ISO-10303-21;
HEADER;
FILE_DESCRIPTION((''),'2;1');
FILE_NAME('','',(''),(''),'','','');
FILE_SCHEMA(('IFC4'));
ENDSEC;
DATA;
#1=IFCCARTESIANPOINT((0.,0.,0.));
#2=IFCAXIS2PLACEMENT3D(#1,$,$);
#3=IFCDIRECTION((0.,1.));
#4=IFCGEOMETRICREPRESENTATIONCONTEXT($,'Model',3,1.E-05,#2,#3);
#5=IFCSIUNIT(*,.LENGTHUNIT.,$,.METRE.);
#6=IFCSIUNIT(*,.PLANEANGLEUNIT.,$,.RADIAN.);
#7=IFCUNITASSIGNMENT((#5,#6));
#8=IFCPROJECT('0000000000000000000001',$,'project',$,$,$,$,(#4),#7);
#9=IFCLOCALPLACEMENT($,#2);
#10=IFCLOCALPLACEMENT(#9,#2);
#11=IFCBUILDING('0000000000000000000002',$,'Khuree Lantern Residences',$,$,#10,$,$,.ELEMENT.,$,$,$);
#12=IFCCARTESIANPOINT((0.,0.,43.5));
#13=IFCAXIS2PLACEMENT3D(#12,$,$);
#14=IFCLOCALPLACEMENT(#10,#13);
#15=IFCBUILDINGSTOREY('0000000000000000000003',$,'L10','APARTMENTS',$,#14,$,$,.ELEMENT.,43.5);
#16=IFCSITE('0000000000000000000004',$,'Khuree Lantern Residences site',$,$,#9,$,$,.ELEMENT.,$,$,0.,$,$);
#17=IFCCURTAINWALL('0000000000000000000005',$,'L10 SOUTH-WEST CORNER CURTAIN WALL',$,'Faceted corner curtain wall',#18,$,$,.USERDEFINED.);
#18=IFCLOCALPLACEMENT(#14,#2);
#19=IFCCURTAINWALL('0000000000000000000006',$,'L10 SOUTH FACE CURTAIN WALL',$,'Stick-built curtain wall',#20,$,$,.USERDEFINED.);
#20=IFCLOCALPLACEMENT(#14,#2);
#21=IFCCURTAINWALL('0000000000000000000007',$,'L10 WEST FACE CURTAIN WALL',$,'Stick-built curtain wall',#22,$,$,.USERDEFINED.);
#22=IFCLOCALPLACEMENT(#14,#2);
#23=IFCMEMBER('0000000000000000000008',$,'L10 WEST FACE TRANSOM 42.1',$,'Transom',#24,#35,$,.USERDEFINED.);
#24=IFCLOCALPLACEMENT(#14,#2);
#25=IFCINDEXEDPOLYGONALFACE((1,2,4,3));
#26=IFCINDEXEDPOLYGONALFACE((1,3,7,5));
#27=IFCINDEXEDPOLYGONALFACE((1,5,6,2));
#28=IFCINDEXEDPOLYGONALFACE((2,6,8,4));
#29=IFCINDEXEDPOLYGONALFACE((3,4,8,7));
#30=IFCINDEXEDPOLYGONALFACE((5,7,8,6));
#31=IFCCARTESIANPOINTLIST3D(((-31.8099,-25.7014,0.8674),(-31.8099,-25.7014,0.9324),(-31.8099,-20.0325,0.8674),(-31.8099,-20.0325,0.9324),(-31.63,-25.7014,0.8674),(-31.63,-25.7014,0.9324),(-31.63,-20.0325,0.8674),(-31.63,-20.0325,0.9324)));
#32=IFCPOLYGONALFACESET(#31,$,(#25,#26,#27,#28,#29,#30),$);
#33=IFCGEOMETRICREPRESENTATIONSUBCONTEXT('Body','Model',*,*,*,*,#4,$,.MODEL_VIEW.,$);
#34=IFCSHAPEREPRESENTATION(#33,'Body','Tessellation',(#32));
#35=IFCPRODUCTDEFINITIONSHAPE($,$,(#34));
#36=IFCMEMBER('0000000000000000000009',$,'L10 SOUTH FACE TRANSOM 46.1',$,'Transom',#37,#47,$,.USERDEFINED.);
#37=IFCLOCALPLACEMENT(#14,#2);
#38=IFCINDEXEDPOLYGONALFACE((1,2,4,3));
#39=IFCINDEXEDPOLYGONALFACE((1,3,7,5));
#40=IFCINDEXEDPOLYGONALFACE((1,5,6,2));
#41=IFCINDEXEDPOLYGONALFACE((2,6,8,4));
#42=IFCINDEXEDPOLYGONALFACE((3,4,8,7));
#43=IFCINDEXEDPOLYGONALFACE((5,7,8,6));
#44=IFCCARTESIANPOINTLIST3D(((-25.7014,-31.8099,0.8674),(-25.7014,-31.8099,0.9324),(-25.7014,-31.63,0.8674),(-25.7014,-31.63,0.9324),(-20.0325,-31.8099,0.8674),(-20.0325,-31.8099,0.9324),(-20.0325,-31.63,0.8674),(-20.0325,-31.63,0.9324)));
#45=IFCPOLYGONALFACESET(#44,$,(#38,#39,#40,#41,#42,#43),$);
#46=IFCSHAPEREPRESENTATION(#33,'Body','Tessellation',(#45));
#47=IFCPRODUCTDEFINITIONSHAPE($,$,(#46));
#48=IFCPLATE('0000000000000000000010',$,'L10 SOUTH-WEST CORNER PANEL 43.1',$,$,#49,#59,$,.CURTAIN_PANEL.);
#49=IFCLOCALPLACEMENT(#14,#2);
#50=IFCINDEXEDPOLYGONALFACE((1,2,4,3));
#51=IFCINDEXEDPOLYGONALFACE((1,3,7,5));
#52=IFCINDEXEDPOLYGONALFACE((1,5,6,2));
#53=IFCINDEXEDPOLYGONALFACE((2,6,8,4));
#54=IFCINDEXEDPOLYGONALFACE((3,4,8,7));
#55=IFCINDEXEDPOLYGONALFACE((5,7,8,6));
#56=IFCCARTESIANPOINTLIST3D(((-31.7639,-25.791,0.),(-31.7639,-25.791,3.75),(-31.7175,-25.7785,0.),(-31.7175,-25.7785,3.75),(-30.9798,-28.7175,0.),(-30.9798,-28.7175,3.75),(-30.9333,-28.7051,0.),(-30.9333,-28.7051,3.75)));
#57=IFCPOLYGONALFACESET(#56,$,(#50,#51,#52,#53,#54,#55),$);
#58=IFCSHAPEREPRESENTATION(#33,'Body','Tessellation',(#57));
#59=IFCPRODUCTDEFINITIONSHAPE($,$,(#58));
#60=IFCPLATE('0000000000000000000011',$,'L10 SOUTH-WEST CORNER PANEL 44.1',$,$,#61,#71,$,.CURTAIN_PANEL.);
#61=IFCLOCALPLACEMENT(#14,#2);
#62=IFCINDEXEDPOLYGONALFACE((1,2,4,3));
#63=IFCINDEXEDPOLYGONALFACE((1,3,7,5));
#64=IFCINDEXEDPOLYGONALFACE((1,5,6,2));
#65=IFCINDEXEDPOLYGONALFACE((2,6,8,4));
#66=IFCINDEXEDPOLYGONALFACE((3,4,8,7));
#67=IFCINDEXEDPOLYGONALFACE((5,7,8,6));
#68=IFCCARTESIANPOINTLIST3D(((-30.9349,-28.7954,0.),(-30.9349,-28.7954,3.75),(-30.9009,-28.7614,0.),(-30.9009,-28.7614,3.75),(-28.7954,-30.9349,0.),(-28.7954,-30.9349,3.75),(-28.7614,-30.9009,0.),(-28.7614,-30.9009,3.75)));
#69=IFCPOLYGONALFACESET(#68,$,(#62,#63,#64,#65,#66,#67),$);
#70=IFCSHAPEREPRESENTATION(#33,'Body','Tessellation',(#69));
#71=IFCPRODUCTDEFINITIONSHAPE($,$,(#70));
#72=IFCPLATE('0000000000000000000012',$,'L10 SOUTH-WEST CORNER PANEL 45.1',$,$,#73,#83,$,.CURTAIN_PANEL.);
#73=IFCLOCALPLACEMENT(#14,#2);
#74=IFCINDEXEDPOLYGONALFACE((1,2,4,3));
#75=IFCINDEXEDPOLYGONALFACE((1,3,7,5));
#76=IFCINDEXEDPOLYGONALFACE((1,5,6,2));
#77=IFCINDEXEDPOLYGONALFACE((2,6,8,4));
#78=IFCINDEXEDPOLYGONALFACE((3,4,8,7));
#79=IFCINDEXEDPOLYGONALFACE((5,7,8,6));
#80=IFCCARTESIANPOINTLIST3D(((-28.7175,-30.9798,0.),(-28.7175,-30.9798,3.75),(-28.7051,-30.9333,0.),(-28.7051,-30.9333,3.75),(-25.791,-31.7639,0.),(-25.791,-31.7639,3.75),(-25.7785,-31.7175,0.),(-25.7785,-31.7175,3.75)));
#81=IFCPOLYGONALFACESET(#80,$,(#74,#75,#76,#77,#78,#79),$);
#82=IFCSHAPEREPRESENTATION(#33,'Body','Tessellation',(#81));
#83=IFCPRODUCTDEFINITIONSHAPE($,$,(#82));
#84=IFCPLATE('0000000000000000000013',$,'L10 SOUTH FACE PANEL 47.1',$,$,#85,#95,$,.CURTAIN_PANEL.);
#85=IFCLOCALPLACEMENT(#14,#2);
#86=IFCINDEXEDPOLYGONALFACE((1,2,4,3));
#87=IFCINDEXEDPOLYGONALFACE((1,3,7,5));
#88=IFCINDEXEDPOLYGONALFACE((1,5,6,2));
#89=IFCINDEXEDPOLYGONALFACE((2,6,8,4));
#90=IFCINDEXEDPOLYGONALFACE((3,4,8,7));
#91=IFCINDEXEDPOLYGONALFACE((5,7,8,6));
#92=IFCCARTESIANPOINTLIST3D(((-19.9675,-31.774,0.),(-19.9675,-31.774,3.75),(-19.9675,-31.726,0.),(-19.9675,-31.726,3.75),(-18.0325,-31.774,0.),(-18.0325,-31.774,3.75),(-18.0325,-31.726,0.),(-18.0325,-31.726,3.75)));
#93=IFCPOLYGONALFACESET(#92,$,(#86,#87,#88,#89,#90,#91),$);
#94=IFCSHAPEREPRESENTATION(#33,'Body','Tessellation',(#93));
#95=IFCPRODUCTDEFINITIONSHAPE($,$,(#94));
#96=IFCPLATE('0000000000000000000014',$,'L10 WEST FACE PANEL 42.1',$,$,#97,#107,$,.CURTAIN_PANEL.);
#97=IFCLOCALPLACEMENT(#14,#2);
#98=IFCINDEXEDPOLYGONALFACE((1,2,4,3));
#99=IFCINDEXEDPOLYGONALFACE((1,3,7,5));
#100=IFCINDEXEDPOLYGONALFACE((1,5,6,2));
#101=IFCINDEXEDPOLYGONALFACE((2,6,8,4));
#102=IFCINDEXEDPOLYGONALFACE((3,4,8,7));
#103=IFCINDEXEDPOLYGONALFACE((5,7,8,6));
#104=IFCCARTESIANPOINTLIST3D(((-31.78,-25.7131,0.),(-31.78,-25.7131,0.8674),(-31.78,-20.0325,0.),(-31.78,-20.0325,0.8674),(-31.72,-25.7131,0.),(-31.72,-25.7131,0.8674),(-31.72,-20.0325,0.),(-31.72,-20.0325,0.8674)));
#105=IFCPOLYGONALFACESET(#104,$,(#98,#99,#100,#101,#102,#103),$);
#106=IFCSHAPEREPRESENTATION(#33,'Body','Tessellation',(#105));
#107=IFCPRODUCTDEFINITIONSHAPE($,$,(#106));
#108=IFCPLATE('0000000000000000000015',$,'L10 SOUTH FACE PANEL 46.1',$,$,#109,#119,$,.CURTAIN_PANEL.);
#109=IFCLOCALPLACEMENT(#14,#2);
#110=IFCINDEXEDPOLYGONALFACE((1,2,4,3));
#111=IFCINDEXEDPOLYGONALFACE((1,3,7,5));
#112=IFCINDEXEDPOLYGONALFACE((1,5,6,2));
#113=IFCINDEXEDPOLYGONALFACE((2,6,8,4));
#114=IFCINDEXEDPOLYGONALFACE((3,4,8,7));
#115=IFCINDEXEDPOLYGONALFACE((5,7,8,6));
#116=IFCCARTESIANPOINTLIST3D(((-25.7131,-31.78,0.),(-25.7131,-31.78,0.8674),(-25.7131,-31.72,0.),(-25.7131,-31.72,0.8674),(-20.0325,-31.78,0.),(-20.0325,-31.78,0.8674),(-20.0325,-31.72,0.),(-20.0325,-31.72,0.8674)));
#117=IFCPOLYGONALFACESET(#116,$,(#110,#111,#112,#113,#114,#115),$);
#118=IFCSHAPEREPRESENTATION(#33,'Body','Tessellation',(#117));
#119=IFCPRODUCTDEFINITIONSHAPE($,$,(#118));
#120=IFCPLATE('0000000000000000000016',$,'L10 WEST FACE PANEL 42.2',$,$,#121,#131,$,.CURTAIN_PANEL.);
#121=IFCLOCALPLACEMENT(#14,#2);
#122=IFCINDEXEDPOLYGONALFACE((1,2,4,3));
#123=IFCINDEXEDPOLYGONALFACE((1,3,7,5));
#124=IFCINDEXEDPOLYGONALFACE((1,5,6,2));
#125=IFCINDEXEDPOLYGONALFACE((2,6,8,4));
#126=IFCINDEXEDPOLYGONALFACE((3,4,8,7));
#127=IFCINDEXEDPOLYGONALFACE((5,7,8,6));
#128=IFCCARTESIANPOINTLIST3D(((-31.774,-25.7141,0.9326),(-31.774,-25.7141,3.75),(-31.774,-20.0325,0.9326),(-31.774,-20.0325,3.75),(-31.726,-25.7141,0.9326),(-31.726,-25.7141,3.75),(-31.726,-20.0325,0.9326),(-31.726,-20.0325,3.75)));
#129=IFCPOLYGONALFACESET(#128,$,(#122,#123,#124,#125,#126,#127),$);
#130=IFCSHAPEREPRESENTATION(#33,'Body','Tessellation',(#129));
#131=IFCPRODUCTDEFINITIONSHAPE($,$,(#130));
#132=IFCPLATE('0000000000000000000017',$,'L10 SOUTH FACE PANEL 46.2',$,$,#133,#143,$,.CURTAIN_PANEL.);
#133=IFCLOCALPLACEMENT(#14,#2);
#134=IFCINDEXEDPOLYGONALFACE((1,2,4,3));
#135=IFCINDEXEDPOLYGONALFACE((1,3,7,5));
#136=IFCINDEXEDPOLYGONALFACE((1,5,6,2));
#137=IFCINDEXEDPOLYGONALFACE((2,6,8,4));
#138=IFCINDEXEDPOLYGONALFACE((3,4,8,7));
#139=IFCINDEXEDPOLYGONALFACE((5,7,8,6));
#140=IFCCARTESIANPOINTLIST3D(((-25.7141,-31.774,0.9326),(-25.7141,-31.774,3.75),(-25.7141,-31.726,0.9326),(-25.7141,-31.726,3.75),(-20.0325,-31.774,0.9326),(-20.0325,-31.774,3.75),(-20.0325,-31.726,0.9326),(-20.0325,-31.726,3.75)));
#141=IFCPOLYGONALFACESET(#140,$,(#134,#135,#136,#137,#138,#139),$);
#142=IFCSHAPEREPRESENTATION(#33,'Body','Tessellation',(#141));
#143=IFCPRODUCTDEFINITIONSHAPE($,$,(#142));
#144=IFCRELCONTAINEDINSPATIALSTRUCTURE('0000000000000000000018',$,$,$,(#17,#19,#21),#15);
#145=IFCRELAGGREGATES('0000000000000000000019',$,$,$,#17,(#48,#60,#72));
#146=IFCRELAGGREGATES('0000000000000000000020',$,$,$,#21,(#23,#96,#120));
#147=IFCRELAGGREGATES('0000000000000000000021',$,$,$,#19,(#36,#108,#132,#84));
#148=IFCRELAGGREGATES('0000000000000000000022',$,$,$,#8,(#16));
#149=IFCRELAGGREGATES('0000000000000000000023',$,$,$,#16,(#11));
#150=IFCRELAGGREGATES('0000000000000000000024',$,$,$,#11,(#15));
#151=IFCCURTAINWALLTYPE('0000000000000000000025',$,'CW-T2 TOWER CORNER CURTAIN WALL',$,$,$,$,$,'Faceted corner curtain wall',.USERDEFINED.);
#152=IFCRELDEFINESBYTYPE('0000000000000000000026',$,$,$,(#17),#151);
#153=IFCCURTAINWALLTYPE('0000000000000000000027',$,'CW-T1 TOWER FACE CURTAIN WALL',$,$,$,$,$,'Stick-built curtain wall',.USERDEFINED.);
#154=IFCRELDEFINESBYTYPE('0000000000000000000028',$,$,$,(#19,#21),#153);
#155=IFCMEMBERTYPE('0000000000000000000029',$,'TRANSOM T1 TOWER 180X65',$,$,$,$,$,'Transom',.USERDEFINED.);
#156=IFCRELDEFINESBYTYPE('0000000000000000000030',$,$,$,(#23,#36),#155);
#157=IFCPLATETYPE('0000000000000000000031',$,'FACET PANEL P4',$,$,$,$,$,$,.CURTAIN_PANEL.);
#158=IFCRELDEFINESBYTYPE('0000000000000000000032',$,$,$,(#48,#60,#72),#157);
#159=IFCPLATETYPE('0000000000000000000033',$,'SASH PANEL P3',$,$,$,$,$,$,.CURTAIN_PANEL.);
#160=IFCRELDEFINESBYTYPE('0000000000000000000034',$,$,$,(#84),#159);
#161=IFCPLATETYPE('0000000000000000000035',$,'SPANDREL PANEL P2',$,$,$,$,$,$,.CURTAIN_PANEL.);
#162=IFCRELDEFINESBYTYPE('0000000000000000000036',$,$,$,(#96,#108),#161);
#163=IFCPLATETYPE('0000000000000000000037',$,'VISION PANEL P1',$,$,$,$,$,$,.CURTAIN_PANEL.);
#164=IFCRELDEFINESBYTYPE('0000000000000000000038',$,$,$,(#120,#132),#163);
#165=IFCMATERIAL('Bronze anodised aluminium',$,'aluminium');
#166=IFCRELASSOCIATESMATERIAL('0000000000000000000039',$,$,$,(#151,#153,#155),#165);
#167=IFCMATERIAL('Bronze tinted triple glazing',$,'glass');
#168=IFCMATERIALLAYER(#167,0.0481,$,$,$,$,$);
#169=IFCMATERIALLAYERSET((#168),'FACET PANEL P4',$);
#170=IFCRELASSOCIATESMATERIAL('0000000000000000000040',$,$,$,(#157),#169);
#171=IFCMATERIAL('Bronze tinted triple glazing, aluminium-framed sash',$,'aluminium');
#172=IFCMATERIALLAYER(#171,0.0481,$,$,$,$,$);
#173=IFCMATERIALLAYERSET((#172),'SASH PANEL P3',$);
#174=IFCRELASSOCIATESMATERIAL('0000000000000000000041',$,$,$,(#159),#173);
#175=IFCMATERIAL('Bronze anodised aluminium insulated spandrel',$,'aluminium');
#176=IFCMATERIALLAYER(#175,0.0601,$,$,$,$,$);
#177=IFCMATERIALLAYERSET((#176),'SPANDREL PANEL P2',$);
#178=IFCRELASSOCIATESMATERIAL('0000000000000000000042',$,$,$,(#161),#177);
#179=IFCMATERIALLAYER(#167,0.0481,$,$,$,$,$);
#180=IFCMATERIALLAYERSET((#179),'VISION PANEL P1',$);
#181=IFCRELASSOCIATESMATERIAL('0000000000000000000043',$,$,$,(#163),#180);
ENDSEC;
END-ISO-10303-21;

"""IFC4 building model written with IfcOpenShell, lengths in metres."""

from ifc_helpers import new_model, si_unit, direction, frame, origin, origin_2d, place, context, subcontext, project, spatial, rectangle, extrude, material, layer, layer_set, material_profile, profile_set, type_object, element, aggregate, save


model = new_model("IFC4")

# Units and contexts
model_context = context("Model", 3, precision=1e-05, world=origin(), true_north=direction((0.0, 1.0)))
body_context = subcontext(model_context, "Body", "Model", "MODEL_VIEW")
ifc_project = project(units=[si_unit("LENGTHUNIT", "METRE"), si_unit("PLANEANGLEUNIT", "RADIAN")], contexts=[model_context])

# Site, building, storey
site_placement = place(None, origin())
site = spatial("IfcSite", under=ifc_project, at=site_placement, Name="Khuree Lantern Residences site", CompositionType="ELEMENT", RefElevation=0.0)
building_placement = place(site_placement, origin())
building = spatial("IfcBuilding", under=site, at=building_placement, Name="Khuree Lantern Residences", CompositionType="ELEMENT")
storey_placement = place(building_placement, frame((0.0, 0.0, 43.5)))
storey = spatial("IfcBuildingStorey", under=building, at=storey_placement, Name="L10", Description="APARTMENTS", CompositionType="ELEMENT", Elevation=43.5)

# Curtain wall
ifc_material_1 = material(Name="Bronze anodised aluminium", Category="aluminium")
curtain_wall_type_1 = type_object("IfcCurtainWallType", Name="CW-T2 TOWER CORNER CURTAIN WALL", ElementType="Faceted corner curtain wall", PredefinedType="USERDEFINED", material=ifc_material_1)
curtain_wall_1_placement = place(storey_placement, origin())
curtain_wall_1 = element("IfcCurtainWall", 1, at=curtain_wall_1_placement, inside=storey, type_object=curtain_wall_type_1, Name="L10 SOUTH-WEST CORNER CURTAIN WALL", ObjectType="Faceted corner curtain wall", PredefinedType="USERDEFINED")

# Curtain wall
curtain_wall_type_2 = type_object("IfcCurtainWallType", Name="CW-T1 TOWER FACE CURTAIN WALL", ElementType="Stick-built curtain wall", PredefinedType="USERDEFINED", material=ifc_material_1)
curtain_wall_2_placement = place(storey_placement, origin())
curtain_wall_2 = element("IfcCurtainWall", 2, at=curtain_wall_2_placement, inside=storey, type_object=curtain_wall_type_2, Name="L10 SOUTH FACE CURTAIN WALL", ObjectType="Stick-built curtain wall", PredefinedType="USERDEFINED")

# Curtain wall, member
curtain_wall_3_placement = place(storey_placement, origin())
curtain_wall_3 = element("IfcCurtainWall", 3, at=curtain_wall_3_placement, inside=storey, type_object=curtain_wall_type_2, Name="L10 WEST FACE CURTAIN WALL", ObjectType="Stick-built curtain wall", PredefinedType="USERDEFINED")
ifc_material_profile_1 = material_profile(ifc_material_1, rectangle(XDim=0.1799, YDim=0.0649, at=origin_2d()), Name="T1 180X65")
ifc_profile_set_1 = profile_set([ifc_material_profile_1], Name="Bronze anodised aluminium")
member_type_1 = type_object("IfcMemberType", Name="TRANSOM T1 TOWER 180X65", ElementType="Transom", PredefinedType="USERDEFINED", material=ifc_profile_set_1)
member_1_placement = place(storey_placement, frame((-31.72, -20.0325, 0.8999), z_axis=(0.0, -1.0, 0.0), x_axis=(1.0, 0.0, 0.0)))
member_1 = element("IfcMember", 4, at=member_1_placement, type_object=member_type_1, Name="L10 WEST FACE TRANSOM 42.1", ObjectType="Transom", PredefinedType="USERDEFINED", context=body_context, shape_type="SweptSolid", body=[
    extrude(rectangle(XDim=0.1799, YDim=0.0649, at=origin_2d()), origin(), (0.0, 0.0, 1.0), 5.6689),
])

# Member
member_2_placement = place(storey_placement, frame((-25.7014, -31.72, 0.8999), z_axis=(1.0, 0.0, 0.0), x_axis=(0.0, 1.0, 0.0)))
member_2 = element("IfcMember", 5, at=member_2_placement, type_object=member_type_1, Name="L10 SOUTH FACE TRANSOM 46.1", ObjectType="Transom", PredefinedType="USERDEFINED", context=body_context, shape_type="SweptSolid", body=[
    extrude(rectangle(XDim=0.1799, YDim=0.0649, at=origin_2d()), origin(), (0.0, 0.0, 1.0), 5.6689),
])

# Plates
ifc_material_2 = material(Name="Bronze tinted triple glazing", Category="glass")
ifc_layer_1 = layer(ifc_material_2, 0.0481)
ifc_layer_set_1 = layer_set([ifc_layer_1], Name="FACET PANEL P4")
plate_type_1 = type_object("IfcPlateType", Name="FACET PANEL P4", PredefinedType="CURTAIN_PANEL", material=ifc_layer_set_1)
plate_1_placement = place(storey_placement, frame((-31.3486, -27.248, 0.0), z_axis=(0.0, 0.0, 1.0), x_axis=(0.258819, -0.965926, 0.0)))
plate_1 = element("IfcPlate", 6, at=plate_1_placement, type_object=plate_type_1, Name="L10 SOUTH-WEST CORNER PANEL 43.1", PredefinedType="CURTAIN_PANEL", context=body_context, shape_type="SweptSolid", body=[
    extrude(rectangle(XDim=3.0298, YDim=0.0481, at=origin_2d()), origin(), (0.0, 0.0, 1.0), 3.75),
])
plate_2_placement = place(storey_placement, frame((-29.8481, -29.8481, 0.0), z_axis=(0.0, 0.0, 1.0), x_axis=(0.707107, -0.707107, 0.0)))
plate_2 = element("IfcPlate", 7, at=plate_2_placement, type_object=plate_type_1, Name="L10 SOUTH-WEST CORNER PANEL 44.1", PredefinedType="CURTAIN_PANEL", context=body_context, shape_type="SweptSolid", body=[
    extrude(rectangle(XDim=3.0256, YDim=0.0481, at=origin_2d()), origin(), (0.0, 0.0, 1.0), 3.75),
])
plate_3_placement = place(storey_placement, frame((-27.248, -31.3486, 0.0), z_axis=(0.0, 0.0, 1.0), x_axis=(0.965926, -0.258819, 0.0)))
plate_3 = element("IfcPlate", 8, at=plate_3_placement, type_object=plate_type_1, Name="L10 SOUTH-WEST CORNER PANEL 45.1", PredefinedType="CURTAIN_PANEL", context=body_context, shape_type="SweptSolid", body=[
    extrude(rectangle(XDim=3.0298, YDim=0.0481, at=origin_2d()), origin(), (0.0, 0.0, 1.0), 3.75),
])
aggregate(curtain_wall_1, [plate_1, plate_2, plate_3])
ifc_material_3 = material(Name="Bronze tinted triple glazing, aluminium-framed sash", Category="aluminium")
ifc_layer_2 = layer(ifc_material_3, 0.0481)
ifc_layer_set_2 = layer_set([ifc_layer_2], Name="SASH PANEL P3")
plate_type_2 = type_object("IfcPlateType", Name="SASH PANEL P3", PredefinedType="CURTAIN_PANEL", material=ifc_layer_set_2)
plate_4_placement = place(storey_placement, frame((-19.0, -31.75, 0.0), z_axis=(0.0, 0.0, 1.0), x_axis=(1.0, 0.0, 0.0)))
plate_4 = element("IfcPlate", 9, at=plate_4_placement, type_object=plate_type_2, Name="L10 SOUTH FACE PANEL 47.1", PredefinedType="CURTAIN_PANEL", context=body_context, shape_type="SweptSolid", body=[
    extrude(rectangle(XDim=1.9351, YDim=0.0481, at=origin_2d()), origin(), (0.0, 0.0, 1.0), 3.75),
])
ifc_material_4 = material(Name="Bronze anodised aluminium insulated spandrel", Category="aluminium")
ifc_layer_3 = layer(ifc_material_4, 0.0601)
ifc_layer_set_3 = layer_set([ifc_layer_3], Name="SPANDREL PANEL P2")
plate_type_3 = type_object("IfcPlateType", Name="SPANDREL PANEL P2", PredefinedType="CURTAIN_PANEL", material=ifc_layer_set_3)
plate_5_placement = place(storey_placement, frame((-31.75, -22.8728, 0.0), z_axis=(0.0, 0.0, 1.0), x_axis=(0.0, -1.0, 0.0)))
plate_5 = element("IfcPlate", 10, at=plate_5_placement, type_object=plate_type_3, Name="L10 WEST FACE PANEL 42.1", PredefinedType="CURTAIN_PANEL", context=body_context, shape_type="SweptSolid", body=[
    extrude(rectangle(XDim=5.6807, YDim=0.0601, at=origin_2d()), origin(), (0.0, 0.0, 1.0), 0.8674),
])
plate_6_placement = place(storey_placement, frame((-22.8728, -31.75, 0.0), z_axis=(0.0, 0.0, 1.0), x_axis=(1.0, 0.0, 0.0)))
plate_6 = element("IfcPlate", 11, at=plate_6_placement, type_object=plate_type_3, Name="L10 SOUTH FACE PANEL 46.1", PredefinedType="CURTAIN_PANEL", context=body_context, shape_type="SweptSolid", body=[
    extrude(rectangle(XDim=5.6807, YDim=0.0601, at=origin_2d()), origin(), (0.0, 0.0, 1.0), 0.8674),
])
ifc_layer_4 = layer(ifc_material_2, 0.0481)
ifc_layer_set_4 = layer_set([ifc_layer_4], Name="VISION PANEL P1")
plate_type_4 = type_object("IfcPlateType", Name="VISION PANEL P1", PredefinedType="CURTAIN_PANEL", material=ifc_layer_set_4)
plate_7_placement = place(storey_placement, frame((-31.75, -22.8733, 0.9326), z_axis=(0.0, 0.0, 1.0), x_axis=(0.0, -1.0, 0.0)))
plate_7 = element("IfcPlate", 12, at=plate_7_placement, type_object=plate_type_4, Name="L10 WEST FACE PANEL 42.2", PredefinedType="CURTAIN_PANEL", context=body_context, shape_type="SweptSolid", body=[
    extrude(rectangle(XDim=5.6816, YDim=0.0481, at=origin_2d()), origin(), (0.0, 0.0, 1.0), 2.8174),
])
aggregate(curtain_wall_3, [member_1, plate_5, plate_7])
plate_8_placement = place(storey_placement, frame((-22.8733, -31.75, 0.9326), z_axis=(0.0, 0.0, 1.0), x_axis=(1.0, 0.0, 0.0)))
plate_8 = element("IfcPlate", 13, at=plate_8_placement, type_object=plate_type_4, Name="L10 SOUTH FACE PANEL 46.2", PredefinedType="CURTAIN_PANEL", context=body_context, shape_type="SweptSolid", body=[
    extrude(rectangle(XDim=5.6816, YDim=0.0481, at=origin_2d()), origin(), (0.0, 0.0, 1.0), 2.8174),
])
aggregate(curtain_wall_2, [member_2, plate_6, plate_8, plate_4])

save(model, "model.ifc")
